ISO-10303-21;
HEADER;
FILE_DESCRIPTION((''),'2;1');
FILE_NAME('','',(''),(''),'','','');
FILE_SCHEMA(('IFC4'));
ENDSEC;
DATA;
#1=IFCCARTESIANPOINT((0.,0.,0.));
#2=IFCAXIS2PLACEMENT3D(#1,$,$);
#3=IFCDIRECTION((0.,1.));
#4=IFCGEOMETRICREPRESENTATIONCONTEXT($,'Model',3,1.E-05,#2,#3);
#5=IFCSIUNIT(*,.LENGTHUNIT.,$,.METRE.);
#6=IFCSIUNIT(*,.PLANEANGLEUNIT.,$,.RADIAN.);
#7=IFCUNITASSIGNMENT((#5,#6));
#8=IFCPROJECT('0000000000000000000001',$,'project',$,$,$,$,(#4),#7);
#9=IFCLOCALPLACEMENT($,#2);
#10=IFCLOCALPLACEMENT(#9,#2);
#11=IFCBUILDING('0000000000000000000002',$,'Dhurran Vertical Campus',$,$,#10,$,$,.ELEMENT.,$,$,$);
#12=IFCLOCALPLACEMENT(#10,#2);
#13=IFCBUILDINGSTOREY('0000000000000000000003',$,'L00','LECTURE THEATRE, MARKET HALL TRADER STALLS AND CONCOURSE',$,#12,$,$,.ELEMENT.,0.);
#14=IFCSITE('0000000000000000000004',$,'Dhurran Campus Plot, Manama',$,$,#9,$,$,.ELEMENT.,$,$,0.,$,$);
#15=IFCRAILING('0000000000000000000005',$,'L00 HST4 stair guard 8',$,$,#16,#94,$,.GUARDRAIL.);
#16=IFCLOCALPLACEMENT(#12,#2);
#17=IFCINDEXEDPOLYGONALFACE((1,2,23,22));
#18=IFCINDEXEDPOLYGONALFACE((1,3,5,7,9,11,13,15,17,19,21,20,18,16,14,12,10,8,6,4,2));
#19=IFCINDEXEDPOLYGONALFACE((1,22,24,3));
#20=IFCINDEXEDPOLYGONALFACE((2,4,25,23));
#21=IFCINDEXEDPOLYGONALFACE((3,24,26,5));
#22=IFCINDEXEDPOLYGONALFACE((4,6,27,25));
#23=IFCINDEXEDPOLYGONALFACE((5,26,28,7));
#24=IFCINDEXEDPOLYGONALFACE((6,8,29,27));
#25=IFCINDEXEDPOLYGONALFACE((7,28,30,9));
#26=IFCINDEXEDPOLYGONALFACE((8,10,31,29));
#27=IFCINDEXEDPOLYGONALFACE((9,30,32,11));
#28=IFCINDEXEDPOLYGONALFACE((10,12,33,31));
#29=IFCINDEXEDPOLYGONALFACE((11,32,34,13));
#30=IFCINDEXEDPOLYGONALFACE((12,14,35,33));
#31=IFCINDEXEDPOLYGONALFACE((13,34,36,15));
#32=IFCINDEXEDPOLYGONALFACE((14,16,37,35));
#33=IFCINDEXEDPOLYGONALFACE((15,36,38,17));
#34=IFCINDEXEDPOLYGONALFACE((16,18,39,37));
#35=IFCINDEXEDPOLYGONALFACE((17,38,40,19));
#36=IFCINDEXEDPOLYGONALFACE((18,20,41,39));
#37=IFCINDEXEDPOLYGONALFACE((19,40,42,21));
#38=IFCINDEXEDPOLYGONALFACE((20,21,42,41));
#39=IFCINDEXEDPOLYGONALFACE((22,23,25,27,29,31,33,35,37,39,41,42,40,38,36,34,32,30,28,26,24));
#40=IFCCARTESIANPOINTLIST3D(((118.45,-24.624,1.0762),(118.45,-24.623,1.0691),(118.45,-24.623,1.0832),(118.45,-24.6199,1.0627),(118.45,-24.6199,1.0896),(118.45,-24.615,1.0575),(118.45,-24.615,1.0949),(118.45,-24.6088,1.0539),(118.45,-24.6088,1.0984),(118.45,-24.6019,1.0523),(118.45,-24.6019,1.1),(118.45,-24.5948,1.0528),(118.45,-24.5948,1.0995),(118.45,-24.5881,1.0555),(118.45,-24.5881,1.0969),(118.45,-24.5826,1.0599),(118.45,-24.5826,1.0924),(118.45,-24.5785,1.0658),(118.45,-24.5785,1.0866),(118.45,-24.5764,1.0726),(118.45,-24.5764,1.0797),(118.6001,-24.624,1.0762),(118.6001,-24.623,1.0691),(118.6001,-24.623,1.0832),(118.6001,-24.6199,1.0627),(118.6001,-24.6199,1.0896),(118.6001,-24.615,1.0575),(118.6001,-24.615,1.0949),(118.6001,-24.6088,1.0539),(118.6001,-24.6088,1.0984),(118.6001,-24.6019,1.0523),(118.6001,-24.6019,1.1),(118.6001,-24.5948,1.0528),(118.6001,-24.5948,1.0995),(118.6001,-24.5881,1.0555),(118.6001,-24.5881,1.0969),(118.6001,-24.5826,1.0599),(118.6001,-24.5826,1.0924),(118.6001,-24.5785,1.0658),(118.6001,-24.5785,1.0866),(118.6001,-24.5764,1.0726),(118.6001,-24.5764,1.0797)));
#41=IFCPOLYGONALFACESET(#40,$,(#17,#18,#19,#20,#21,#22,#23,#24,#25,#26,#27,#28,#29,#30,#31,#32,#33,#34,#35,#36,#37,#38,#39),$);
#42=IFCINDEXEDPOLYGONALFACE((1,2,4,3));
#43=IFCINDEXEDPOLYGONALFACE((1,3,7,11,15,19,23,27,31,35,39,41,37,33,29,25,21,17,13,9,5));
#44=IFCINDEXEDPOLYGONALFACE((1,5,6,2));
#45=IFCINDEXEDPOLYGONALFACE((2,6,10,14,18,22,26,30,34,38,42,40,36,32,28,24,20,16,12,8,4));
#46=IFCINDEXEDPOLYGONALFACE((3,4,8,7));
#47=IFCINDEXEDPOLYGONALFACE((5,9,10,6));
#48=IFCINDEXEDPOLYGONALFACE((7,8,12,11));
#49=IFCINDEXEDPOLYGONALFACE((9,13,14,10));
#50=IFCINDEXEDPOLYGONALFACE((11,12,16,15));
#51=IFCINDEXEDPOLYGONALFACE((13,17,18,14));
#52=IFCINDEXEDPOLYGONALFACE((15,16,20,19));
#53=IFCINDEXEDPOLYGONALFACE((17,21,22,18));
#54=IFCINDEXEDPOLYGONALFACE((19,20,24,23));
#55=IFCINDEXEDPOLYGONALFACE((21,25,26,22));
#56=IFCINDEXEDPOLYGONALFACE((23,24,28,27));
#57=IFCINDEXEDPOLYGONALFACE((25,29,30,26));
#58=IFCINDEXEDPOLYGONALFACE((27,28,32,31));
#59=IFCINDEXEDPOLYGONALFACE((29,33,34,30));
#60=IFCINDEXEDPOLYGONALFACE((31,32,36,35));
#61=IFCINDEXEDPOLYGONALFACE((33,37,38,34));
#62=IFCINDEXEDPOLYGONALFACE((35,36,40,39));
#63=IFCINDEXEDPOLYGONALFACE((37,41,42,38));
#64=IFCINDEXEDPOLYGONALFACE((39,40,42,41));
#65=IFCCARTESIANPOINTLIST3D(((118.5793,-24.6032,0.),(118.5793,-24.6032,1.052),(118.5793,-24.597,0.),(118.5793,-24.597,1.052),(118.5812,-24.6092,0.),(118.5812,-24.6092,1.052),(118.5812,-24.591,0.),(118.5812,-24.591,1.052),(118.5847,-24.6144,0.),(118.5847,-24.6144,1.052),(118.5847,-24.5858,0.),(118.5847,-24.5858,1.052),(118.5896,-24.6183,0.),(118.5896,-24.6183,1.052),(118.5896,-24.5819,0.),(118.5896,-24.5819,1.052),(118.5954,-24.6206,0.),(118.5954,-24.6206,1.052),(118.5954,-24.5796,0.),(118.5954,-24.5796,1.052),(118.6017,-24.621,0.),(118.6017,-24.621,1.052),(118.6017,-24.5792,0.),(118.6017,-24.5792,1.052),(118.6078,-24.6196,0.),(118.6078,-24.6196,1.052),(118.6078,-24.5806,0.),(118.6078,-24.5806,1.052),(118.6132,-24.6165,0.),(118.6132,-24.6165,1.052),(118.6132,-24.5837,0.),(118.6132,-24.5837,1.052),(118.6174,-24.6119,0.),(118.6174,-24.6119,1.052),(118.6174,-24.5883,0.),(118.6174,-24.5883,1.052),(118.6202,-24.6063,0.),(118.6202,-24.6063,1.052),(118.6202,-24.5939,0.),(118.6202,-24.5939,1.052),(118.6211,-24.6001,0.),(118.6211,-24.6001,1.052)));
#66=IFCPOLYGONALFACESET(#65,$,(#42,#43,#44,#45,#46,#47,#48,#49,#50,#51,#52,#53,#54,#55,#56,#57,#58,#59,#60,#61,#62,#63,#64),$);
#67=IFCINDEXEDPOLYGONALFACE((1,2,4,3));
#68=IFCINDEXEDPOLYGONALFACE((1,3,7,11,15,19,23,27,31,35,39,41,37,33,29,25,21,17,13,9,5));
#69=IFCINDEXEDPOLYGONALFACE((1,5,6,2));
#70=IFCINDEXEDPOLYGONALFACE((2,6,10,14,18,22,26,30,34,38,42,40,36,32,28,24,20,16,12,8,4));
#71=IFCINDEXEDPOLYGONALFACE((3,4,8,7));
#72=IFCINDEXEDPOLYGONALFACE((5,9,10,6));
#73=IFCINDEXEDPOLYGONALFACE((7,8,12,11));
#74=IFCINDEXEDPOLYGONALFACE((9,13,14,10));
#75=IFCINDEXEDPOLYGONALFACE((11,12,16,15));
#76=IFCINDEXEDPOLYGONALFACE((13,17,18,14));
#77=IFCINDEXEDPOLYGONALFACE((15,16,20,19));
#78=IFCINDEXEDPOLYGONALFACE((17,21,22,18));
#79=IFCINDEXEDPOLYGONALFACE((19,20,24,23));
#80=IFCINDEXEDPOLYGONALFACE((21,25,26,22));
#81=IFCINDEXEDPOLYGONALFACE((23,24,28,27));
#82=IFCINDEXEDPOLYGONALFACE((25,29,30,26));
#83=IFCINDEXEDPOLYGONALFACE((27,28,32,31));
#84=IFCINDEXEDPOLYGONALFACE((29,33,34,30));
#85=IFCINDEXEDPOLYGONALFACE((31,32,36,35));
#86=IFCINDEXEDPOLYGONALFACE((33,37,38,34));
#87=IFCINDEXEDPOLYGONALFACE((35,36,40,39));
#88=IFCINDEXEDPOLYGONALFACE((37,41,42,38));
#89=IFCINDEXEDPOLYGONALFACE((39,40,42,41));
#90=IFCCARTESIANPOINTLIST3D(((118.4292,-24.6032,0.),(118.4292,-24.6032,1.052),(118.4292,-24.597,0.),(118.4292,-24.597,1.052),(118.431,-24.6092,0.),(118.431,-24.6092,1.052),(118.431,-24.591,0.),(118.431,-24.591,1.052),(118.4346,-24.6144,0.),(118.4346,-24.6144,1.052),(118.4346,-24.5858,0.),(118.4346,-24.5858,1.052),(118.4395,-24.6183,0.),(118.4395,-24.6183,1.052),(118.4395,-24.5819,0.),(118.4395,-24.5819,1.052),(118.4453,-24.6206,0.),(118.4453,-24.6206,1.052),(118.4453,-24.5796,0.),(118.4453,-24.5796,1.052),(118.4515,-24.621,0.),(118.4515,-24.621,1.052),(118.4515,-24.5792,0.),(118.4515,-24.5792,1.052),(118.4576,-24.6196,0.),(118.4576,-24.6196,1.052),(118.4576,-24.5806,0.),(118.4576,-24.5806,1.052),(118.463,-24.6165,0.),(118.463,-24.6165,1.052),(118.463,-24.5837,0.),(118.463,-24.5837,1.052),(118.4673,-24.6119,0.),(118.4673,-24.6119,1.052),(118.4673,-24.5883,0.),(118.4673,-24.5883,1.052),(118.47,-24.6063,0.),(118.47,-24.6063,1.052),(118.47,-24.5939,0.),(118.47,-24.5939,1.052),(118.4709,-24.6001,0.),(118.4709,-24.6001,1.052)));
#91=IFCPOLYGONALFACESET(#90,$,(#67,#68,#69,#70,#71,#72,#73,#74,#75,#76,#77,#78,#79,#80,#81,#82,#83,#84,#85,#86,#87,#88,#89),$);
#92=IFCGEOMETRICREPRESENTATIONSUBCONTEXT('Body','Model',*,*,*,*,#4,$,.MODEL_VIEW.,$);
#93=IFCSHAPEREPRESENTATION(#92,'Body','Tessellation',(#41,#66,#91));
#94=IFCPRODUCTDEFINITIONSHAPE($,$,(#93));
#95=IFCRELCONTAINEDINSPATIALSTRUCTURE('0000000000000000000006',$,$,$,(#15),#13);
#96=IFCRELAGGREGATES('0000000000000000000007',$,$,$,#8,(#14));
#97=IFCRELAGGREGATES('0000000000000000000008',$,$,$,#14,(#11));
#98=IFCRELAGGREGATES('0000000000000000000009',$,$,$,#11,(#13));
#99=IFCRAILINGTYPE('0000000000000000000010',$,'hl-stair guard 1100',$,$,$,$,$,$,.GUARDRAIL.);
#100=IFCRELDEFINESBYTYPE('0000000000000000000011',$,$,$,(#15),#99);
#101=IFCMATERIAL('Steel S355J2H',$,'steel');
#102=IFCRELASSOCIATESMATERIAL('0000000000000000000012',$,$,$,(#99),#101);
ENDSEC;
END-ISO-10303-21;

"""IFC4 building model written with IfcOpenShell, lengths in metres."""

from ifc_helpers import new_model, si_unit, direction, frame, origin, origin_2d, place, context, subcontext, project, spatial, circle, extrude, material, type_object, element, save


model = new_model("IFC4")

# Units and contexts
model_context = context("Model", 3, precision=1e-05, world=origin(), true_north=direction((0.0, 1.0)))
body_context = subcontext(model_context, "Body", "Model", "MODEL_VIEW")
ifc_project = project(units=[si_unit("LENGTHUNIT", "METRE"), si_unit("PLANEANGLEUNIT", "RADIAN")], contexts=[model_context])

# Site, building, storey
site_placement = place(None, origin())
site = spatial("IfcSite", under=ifc_project, at=site_placement, Name="Dhurran Campus Plot, Manama", CompositionType="ELEMENT", RefElevation=0.0)
building_placement = place(site_placement, origin())
building = spatial("IfcBuilding", under=site, at=building_placement, Name="Dhurran Vertical Campus", CompositionType="ELEMENT")
storey_placement = place(building_placement, origin())
storey = spatial("IfcBuildingStorey", under=building, at=storey_placement, Name="L00", Description="LECTURE THEATRE, MARKET HALL TRADER STALLS AND CONCOURSE", CompositionType="ELEMENT", Elevation=0.0)

# Railing
ifc_material_1 = material(Name="Steel S355J2H", Category="steel")
railing_type_1 = type_object("IfcRailingType", Name="hl-stair guard 1100", PredefinedType="GUARDRAIL", material=ifc_material_1)
railing_1_placement = place(storey_placement, frame((118.6001, -24.6001, 0.0)))
element("IfcRailing", 1, at=railing_1_placement, inside=storey, type_object=railing_type_1, Name="L00 HST4 stair guard 8", PredefinedType="GUARDRAIL", context=body_context, shape_type="SweptSolid", body=[
    extrude(circle(Radius=0.0239, at=origin_2d()), frame((0.0, 0.0, 1.0762), z_axis=(-1.0, 0.0, 0.0), x_axis=(0.0, -1.0, 0.0)), (0.0, 0.0, 1.0), 0.1501),
    extrude(circle(Radius=0.021, at=origin_2d()), origin(), (0.0, 0.0, 1.0), 1.052),
    extrude(circle(Radius=0.021, at=origin_2d()), frame((-0.1501, 0.0, 0.0)), (0.0, 0.0, 1.0), 1.052),
])

save(model, "model.ifc")
